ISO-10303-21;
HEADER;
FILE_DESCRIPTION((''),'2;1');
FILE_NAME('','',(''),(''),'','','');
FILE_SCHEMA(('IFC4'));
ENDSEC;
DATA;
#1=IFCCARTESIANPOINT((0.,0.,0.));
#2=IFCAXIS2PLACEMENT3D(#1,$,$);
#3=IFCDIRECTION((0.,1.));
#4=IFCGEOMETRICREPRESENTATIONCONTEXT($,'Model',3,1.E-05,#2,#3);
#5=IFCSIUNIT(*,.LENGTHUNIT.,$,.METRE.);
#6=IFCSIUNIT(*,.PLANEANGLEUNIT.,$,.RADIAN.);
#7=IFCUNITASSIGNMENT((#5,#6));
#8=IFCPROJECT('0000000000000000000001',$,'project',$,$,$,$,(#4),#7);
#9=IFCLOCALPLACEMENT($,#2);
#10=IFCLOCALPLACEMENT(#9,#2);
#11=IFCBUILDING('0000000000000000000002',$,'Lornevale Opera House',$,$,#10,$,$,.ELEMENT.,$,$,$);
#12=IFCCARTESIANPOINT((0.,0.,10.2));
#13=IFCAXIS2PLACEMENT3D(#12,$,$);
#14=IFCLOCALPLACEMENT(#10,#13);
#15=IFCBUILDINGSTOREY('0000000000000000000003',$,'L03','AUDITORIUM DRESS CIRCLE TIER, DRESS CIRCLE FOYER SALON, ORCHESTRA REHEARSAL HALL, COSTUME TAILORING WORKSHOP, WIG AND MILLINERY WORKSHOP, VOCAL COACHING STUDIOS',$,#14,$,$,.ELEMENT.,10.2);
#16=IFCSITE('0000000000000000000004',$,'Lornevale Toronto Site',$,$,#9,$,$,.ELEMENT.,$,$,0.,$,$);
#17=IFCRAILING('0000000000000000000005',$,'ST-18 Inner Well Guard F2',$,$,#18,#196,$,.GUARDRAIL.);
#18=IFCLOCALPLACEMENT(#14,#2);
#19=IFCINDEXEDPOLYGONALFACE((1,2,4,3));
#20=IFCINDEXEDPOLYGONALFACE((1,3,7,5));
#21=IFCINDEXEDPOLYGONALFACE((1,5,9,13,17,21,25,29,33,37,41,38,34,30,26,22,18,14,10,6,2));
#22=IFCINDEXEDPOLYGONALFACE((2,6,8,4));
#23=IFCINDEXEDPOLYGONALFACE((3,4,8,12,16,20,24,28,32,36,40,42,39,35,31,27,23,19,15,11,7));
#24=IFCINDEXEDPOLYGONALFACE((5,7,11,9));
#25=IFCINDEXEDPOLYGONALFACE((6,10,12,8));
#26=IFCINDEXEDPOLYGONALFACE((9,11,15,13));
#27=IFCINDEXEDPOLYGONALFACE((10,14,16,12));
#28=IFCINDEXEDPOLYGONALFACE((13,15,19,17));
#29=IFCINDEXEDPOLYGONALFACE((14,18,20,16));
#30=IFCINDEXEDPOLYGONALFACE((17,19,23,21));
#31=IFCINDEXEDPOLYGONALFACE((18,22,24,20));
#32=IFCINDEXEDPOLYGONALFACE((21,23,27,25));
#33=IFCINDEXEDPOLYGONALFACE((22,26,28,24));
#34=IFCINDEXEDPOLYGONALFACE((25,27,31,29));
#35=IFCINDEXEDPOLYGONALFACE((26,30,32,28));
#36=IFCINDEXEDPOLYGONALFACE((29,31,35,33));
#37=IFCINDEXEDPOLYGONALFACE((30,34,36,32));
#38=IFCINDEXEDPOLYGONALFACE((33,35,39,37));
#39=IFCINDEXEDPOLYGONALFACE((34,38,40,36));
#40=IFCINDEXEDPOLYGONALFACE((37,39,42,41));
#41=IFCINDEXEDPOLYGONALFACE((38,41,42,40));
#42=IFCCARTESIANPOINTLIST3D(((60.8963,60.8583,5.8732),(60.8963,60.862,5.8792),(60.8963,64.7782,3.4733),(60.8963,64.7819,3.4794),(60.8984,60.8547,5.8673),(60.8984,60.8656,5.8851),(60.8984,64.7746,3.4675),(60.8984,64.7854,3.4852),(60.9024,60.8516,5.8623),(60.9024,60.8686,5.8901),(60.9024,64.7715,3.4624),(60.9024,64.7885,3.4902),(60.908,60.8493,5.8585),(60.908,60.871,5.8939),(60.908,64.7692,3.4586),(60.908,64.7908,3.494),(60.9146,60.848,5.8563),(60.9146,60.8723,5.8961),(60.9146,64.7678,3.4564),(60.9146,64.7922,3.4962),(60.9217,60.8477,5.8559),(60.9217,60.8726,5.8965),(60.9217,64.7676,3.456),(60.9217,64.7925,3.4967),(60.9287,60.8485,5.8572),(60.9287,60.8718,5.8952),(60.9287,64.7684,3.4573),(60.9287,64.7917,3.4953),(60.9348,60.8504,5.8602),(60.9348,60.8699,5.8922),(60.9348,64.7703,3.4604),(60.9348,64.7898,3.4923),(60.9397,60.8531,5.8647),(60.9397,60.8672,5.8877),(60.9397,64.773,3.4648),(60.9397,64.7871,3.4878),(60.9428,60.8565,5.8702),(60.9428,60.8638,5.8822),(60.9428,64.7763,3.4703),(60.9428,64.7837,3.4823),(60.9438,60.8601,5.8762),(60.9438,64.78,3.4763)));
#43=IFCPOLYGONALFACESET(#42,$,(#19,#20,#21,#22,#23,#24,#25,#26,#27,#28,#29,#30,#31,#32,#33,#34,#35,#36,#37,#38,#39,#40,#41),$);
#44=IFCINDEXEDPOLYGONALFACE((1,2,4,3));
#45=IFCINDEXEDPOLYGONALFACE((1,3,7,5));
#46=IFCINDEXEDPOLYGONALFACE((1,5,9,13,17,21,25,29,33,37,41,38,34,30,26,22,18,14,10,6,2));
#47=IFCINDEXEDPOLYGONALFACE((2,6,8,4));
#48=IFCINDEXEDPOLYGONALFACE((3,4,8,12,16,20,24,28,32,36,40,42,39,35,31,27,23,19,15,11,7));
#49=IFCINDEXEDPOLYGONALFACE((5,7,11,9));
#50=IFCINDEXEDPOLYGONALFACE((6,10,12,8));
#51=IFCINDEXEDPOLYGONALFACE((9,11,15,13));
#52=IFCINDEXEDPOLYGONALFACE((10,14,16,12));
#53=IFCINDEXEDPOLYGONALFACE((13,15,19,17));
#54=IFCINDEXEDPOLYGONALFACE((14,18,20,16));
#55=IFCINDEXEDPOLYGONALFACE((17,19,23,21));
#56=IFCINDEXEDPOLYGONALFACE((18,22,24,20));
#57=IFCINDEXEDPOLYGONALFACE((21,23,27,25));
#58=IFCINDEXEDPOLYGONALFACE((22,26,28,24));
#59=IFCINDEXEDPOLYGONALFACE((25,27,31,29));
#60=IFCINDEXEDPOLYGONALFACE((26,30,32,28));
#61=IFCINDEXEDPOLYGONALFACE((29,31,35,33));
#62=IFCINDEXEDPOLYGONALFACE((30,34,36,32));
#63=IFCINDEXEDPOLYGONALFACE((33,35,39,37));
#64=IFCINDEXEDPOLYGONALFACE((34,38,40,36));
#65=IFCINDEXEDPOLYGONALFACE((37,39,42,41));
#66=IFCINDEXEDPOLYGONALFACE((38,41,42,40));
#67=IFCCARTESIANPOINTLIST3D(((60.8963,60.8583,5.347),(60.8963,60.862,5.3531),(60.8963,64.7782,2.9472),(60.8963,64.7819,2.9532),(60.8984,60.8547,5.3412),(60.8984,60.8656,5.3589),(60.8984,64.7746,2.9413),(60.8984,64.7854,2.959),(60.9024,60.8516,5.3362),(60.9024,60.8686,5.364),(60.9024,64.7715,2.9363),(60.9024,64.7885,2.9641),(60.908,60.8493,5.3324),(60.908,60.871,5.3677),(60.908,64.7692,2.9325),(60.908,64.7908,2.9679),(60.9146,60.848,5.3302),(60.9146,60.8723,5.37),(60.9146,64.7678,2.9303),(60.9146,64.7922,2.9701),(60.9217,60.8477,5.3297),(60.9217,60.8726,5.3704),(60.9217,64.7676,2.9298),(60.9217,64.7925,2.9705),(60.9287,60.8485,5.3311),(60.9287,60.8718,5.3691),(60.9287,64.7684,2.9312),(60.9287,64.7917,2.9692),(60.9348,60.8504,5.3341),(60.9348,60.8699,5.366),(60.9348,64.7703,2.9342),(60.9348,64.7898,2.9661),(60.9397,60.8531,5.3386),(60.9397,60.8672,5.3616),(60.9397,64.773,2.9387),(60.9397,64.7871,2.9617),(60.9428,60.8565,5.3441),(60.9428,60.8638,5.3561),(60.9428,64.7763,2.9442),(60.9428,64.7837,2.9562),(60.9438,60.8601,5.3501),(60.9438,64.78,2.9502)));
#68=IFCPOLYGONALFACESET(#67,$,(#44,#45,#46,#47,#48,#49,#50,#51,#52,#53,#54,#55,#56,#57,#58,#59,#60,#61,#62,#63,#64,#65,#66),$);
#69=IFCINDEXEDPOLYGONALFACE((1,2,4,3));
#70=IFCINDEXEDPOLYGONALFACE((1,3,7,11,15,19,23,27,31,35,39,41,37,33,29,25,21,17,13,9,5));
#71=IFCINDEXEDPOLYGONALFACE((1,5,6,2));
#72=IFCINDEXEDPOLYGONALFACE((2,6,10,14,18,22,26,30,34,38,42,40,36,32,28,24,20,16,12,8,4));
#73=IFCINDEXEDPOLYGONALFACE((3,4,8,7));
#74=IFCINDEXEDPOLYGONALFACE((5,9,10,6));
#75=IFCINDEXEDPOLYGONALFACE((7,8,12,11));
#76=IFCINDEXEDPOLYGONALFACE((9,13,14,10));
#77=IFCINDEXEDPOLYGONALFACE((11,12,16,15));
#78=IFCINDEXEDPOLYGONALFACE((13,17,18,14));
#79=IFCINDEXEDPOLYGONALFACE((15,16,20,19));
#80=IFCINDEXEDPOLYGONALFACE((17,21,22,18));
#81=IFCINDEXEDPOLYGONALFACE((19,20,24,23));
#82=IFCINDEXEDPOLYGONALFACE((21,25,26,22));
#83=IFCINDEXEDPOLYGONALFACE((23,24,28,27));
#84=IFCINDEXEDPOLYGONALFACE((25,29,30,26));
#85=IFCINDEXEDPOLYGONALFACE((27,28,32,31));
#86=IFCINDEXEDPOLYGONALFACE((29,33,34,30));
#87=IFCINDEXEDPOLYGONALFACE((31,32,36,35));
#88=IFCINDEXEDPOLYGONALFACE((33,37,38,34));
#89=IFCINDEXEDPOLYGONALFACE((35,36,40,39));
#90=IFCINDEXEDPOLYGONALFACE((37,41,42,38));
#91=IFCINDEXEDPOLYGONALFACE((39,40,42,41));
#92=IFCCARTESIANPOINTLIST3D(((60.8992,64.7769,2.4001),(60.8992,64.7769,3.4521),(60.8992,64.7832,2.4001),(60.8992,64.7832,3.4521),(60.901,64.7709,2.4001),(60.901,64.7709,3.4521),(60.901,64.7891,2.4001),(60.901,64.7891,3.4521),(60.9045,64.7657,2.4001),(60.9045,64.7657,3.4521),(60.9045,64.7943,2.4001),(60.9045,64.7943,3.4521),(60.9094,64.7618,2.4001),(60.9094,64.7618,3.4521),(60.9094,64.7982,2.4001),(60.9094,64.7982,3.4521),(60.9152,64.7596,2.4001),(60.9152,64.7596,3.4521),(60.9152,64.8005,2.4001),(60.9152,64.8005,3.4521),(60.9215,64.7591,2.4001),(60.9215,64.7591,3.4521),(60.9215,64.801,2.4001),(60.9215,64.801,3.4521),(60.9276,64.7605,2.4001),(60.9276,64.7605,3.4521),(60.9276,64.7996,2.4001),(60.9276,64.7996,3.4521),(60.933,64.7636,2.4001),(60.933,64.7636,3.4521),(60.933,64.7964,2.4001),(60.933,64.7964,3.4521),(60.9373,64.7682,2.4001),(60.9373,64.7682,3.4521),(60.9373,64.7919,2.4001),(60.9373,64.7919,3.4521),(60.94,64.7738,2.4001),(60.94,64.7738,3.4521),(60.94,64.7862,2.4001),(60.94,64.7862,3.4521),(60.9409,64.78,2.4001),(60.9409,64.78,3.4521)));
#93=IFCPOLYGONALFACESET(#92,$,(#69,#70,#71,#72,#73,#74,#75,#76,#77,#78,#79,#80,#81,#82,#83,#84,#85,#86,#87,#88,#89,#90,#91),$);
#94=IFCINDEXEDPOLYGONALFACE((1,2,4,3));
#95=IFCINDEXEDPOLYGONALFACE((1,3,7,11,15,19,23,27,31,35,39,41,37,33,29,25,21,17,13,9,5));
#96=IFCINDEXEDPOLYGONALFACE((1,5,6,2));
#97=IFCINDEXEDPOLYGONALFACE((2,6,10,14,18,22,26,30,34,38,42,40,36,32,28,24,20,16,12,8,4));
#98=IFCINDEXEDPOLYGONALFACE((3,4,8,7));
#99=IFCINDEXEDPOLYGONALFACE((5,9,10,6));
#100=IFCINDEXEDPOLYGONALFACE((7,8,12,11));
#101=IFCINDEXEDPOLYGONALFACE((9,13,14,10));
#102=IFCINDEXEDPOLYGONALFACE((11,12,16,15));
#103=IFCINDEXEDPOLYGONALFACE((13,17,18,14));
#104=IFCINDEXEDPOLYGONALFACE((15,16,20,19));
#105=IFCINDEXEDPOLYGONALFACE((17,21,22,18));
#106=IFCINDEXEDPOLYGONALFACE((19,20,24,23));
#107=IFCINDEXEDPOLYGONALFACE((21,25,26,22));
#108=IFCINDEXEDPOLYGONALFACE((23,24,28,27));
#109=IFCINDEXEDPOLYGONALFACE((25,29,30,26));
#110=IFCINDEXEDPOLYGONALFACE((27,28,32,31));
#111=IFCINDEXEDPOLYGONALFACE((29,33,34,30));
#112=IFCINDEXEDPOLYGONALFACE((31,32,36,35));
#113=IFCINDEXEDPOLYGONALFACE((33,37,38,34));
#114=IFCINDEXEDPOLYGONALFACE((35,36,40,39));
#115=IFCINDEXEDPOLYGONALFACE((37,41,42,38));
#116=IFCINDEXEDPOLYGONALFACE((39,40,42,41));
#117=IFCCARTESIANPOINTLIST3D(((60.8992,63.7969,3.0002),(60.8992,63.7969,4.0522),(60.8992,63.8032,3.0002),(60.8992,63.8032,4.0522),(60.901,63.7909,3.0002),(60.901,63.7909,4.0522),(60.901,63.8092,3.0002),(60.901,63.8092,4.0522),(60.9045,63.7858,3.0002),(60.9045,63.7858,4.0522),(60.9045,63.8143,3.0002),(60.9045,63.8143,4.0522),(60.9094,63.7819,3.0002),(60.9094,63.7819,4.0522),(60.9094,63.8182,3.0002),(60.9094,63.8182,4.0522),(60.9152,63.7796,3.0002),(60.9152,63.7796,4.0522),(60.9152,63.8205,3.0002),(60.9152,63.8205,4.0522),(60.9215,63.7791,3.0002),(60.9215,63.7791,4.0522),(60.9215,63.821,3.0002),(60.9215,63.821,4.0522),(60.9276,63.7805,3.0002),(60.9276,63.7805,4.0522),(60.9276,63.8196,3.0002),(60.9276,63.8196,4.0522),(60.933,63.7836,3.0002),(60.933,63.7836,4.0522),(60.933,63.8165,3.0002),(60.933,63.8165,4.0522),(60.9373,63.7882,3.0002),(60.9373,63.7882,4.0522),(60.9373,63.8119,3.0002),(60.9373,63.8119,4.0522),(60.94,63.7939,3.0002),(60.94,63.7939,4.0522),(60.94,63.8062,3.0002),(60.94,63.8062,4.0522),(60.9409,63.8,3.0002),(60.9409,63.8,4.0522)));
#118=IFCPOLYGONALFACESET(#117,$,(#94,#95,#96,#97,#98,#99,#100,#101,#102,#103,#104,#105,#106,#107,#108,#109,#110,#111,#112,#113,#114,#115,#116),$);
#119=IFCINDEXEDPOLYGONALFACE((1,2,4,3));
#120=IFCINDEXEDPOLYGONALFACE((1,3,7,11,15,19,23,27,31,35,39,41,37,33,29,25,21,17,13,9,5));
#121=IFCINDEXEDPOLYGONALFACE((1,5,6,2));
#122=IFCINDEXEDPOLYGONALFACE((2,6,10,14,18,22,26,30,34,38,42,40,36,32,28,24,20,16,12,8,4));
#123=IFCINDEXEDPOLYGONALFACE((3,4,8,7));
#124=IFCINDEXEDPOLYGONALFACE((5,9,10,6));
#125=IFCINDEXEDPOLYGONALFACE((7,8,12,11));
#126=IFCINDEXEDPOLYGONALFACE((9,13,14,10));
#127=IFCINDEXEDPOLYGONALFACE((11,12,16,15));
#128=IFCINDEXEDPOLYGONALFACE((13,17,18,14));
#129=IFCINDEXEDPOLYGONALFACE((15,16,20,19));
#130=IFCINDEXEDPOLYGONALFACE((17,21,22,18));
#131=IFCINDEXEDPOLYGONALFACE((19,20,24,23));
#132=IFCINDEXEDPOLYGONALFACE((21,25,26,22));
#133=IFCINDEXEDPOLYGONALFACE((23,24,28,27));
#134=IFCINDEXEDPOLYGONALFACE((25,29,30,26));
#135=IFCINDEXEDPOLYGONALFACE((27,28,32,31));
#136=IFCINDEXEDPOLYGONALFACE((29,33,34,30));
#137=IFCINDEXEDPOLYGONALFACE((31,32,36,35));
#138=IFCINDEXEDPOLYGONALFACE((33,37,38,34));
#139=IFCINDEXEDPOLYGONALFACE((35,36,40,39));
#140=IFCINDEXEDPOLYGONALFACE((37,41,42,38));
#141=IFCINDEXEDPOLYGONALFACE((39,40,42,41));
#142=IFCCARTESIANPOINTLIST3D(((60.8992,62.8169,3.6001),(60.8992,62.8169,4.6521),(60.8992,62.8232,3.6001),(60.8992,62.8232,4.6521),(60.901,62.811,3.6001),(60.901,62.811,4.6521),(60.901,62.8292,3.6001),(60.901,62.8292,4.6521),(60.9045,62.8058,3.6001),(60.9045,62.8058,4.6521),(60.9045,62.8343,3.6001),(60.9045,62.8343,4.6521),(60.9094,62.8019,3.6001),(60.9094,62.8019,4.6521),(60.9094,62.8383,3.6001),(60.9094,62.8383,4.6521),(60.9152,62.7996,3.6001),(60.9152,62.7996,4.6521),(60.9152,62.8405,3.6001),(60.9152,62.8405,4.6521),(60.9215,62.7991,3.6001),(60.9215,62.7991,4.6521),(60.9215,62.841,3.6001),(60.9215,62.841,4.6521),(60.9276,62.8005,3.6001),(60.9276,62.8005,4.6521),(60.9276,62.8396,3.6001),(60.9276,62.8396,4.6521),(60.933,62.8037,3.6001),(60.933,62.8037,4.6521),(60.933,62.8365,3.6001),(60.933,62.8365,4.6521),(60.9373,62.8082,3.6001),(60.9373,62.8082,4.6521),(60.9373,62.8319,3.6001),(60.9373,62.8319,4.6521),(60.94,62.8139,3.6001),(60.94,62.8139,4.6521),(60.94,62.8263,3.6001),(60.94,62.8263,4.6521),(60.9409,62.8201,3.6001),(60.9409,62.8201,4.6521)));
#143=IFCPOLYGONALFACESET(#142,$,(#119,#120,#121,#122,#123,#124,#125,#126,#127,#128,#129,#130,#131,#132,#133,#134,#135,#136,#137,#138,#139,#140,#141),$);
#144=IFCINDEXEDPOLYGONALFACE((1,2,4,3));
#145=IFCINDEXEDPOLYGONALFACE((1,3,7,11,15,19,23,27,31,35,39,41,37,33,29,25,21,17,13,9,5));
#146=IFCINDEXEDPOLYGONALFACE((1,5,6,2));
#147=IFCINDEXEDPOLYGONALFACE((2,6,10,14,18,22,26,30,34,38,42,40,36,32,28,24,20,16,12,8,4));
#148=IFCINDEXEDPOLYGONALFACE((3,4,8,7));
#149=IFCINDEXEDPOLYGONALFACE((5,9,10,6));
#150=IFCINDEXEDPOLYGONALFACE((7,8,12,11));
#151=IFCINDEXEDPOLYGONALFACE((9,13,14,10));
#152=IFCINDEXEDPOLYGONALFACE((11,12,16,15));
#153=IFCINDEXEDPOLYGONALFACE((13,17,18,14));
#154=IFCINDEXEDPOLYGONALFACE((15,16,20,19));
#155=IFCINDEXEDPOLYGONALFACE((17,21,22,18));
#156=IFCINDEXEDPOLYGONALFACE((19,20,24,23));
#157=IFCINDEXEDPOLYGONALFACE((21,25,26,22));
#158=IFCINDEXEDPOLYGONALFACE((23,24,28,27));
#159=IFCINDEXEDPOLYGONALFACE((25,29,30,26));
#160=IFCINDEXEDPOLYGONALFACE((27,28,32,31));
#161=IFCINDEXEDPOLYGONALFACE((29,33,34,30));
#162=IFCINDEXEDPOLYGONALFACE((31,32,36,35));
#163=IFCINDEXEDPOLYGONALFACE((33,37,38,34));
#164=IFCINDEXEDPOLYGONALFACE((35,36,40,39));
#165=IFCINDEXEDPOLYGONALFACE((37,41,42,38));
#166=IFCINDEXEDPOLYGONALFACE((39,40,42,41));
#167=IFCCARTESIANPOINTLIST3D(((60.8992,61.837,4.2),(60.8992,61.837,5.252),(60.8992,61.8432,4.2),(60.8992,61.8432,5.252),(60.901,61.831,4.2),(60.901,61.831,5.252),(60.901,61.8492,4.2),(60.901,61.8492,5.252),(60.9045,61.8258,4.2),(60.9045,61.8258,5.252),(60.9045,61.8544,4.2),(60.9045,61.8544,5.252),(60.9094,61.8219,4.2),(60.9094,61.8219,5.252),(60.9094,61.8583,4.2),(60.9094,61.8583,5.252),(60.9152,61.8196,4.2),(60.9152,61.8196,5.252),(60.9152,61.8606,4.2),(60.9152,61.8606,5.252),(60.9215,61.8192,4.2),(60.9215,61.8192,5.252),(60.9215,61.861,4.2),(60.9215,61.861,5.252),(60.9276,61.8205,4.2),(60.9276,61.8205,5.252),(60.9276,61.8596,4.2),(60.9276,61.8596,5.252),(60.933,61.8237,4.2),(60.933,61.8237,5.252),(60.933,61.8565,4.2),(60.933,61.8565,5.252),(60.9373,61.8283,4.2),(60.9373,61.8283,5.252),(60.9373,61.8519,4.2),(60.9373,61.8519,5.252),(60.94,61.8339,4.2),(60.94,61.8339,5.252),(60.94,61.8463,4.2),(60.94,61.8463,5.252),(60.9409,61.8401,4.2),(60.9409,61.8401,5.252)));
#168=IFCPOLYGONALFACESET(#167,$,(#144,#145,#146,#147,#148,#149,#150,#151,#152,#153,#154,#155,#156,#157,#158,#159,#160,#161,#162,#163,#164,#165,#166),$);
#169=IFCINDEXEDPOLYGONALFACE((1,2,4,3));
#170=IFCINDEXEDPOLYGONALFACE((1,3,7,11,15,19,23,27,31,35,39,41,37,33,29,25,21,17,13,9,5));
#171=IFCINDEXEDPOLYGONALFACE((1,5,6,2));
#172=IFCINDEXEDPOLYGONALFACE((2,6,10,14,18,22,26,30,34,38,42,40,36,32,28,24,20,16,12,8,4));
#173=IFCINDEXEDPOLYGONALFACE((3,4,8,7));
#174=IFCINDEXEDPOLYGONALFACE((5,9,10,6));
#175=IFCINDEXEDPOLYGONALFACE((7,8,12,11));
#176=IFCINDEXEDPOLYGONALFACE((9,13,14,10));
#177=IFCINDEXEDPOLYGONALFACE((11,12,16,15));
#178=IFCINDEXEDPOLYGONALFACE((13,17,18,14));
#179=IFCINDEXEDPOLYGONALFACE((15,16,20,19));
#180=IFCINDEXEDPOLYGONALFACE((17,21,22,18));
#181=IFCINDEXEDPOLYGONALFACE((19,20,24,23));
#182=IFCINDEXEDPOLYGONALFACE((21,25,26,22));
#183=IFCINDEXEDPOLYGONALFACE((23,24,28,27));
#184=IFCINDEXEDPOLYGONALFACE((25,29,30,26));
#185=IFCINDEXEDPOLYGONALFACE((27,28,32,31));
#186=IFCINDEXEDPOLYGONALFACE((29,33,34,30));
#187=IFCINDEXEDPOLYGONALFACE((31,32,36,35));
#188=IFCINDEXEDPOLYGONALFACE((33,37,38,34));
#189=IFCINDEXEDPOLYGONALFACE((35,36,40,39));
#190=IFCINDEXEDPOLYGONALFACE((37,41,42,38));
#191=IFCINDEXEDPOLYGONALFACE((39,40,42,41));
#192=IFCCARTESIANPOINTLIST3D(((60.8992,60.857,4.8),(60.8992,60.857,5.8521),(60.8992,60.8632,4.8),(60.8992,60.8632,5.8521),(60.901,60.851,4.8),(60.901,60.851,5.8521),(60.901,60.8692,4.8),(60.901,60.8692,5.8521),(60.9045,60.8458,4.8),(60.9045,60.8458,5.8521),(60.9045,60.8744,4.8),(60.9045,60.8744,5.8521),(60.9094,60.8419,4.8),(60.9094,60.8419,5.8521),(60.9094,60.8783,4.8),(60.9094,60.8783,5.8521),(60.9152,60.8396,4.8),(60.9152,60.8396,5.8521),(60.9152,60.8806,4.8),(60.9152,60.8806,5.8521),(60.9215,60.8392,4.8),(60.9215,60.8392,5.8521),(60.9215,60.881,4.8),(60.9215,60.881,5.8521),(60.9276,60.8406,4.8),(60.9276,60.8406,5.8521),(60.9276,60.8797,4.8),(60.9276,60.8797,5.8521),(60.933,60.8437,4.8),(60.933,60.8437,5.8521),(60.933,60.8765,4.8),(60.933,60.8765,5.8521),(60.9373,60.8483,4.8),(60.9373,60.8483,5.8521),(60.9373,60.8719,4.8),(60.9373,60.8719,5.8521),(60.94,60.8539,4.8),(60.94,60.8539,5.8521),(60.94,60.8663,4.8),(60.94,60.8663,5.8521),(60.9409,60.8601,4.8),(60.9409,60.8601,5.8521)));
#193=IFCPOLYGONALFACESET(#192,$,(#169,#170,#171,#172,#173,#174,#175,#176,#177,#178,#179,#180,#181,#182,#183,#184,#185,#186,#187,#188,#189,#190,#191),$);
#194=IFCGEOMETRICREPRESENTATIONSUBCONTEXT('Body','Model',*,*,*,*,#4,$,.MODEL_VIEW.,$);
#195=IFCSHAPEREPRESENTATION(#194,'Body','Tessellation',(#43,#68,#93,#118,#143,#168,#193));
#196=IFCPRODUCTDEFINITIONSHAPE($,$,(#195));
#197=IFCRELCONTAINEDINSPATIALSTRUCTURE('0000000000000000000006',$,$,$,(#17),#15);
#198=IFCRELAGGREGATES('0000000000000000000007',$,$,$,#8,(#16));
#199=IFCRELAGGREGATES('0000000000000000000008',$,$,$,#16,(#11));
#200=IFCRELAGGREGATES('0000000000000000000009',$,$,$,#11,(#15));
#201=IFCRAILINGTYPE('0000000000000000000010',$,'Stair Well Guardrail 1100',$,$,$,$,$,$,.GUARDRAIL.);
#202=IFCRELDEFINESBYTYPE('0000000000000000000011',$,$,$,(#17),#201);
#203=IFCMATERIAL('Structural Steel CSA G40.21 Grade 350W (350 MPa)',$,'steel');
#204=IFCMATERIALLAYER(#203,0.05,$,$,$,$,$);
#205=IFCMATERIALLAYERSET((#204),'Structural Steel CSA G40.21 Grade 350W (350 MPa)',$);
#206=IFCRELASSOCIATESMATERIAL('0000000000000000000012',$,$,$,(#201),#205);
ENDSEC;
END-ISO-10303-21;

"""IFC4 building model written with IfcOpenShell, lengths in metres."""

from ifc_helpers import new_model, si_unit, direction, frame, origin, origin_2d, place, context, subcontext, project, spatial, circle, extrude, material, layer, layer_set, type_object, element, save


model = new_model("IFC4")

# Units and contexts
model_context = context("Model", 3, precision=1e-05, world=origin(), true_north=direction((0.0, 1.0)))
body_context = subcontext(model_context, "Body", "Model", "MODEL_VIEW")
ifc_project = project(units=[si_unit("LENGTHUNIT", "METRE"), si_unit("PLANEANGLEUNIT", "RADIAN")], contexts=[model_context])

# Site, building, storey
site_placement = place(None, origin())
site = spatial("IfcSite", under=ifc_project, at=site_placement, Name="Lornevale Toronto Site", CompositionType="ELEMENT", RefElevation=0.0)
building_placement = place(site_placement, origin())
building = spatial("IfcBuilding", under=site, at=building_placement, Name="Lornevale Opera House", CompositionType="ELEMENT")
storey_placement = place(building_placement, frame((0.0, 0.0, 10.2)))
storey = spatial("IfcBuildingStorey", under=building, at=storey_placement, Name="L03", Description="AUDITORIUM DRESS CIRCLE TIER, DRESS CIRCLE FOYER SALON, ORCHESTRA REHEARSAL HALL, COSTUME TAILORING WORKSHOP, WIG AND MILLINERY WORKSHOP, VOCAL COACHING STUDIOS", CompositionType="ELEMENT", Elevation=10.2)

# Railing
ifc_material_1 = material(Name="Structural Steel CSA G40.21 Grade 350W (350 MPa)", Category="steel")
ifc_layer_1 = layer(ifc_material_1, 0.05)
ifc_layer_set_1 = layer_set([ifc_layer_1], Name="Structural Steel CSA G40.21 Grade 350W (350 MPa)")
railing_type_1 = type_object("IfcRailingType", Name="Stair Well Guardrail 1100", PredefinedType="GUARDRAIL", material=ifc_layer_set_1)
railing_1_placement = place(storey_placement, frame((60.9199, 64.78, 2.4001)))
element("IfcRailing", 1, at=railing_1_placement, inside=storey, type_object=railing_type_1, Name="ST-18 Inner Well Guard F2", PredefinedType="GUARDRAIL", context=body_context, shape_type="SweptSolid", body=[
    extrude(circle(Radius=0.0239, at=origin_2d()), frame((0.0, 0.0, 1.0762), z_axis=(0.0, -0.852856, 0.522146), x_axis=(1.0, 0.0, 0.0)), (0.0, 0.0, 1.0), 4.5962),
    extrude(circle(Radius=0.0239, at=origin_2d()), frame((0.0, 0.0, 0.55), z_axis=(0.0, -0.852856, 0.522146), x_axis=(1.0, 0.0, 0.0)), (0.0, 0.0, 1.0), 4.5962),
    extrude(circle(Radius=0.021, at=origin_2d()), origin(), (0.0, 0.0, 1.0), 1.052),
    extrude(circle(Radius=0.021, at=origin_2d()), frame((0.0, -0.98, 0.6001)), (0.0, 0.0, 1.0), 1.052),
    extrude(circle(Radius=0.021, at=origin_2d()), frame((0.0, -1.96, 1.2)), (0.0, 0.0, 1.0), 1.052),
    extrude(circle(Radius=0.021, at=origin_2d()), frame((0.0, -2.9399, 1.7998)), (0.0, 0.0, 1.0), 1.052),
    extrude(circle(Radius=0.021, at=origin_2d()), frame((0.0, -3.9199, 2.3999)), (0.0, 0.0, 1.0), 1.052),
])

save(model, "model.ifc")
